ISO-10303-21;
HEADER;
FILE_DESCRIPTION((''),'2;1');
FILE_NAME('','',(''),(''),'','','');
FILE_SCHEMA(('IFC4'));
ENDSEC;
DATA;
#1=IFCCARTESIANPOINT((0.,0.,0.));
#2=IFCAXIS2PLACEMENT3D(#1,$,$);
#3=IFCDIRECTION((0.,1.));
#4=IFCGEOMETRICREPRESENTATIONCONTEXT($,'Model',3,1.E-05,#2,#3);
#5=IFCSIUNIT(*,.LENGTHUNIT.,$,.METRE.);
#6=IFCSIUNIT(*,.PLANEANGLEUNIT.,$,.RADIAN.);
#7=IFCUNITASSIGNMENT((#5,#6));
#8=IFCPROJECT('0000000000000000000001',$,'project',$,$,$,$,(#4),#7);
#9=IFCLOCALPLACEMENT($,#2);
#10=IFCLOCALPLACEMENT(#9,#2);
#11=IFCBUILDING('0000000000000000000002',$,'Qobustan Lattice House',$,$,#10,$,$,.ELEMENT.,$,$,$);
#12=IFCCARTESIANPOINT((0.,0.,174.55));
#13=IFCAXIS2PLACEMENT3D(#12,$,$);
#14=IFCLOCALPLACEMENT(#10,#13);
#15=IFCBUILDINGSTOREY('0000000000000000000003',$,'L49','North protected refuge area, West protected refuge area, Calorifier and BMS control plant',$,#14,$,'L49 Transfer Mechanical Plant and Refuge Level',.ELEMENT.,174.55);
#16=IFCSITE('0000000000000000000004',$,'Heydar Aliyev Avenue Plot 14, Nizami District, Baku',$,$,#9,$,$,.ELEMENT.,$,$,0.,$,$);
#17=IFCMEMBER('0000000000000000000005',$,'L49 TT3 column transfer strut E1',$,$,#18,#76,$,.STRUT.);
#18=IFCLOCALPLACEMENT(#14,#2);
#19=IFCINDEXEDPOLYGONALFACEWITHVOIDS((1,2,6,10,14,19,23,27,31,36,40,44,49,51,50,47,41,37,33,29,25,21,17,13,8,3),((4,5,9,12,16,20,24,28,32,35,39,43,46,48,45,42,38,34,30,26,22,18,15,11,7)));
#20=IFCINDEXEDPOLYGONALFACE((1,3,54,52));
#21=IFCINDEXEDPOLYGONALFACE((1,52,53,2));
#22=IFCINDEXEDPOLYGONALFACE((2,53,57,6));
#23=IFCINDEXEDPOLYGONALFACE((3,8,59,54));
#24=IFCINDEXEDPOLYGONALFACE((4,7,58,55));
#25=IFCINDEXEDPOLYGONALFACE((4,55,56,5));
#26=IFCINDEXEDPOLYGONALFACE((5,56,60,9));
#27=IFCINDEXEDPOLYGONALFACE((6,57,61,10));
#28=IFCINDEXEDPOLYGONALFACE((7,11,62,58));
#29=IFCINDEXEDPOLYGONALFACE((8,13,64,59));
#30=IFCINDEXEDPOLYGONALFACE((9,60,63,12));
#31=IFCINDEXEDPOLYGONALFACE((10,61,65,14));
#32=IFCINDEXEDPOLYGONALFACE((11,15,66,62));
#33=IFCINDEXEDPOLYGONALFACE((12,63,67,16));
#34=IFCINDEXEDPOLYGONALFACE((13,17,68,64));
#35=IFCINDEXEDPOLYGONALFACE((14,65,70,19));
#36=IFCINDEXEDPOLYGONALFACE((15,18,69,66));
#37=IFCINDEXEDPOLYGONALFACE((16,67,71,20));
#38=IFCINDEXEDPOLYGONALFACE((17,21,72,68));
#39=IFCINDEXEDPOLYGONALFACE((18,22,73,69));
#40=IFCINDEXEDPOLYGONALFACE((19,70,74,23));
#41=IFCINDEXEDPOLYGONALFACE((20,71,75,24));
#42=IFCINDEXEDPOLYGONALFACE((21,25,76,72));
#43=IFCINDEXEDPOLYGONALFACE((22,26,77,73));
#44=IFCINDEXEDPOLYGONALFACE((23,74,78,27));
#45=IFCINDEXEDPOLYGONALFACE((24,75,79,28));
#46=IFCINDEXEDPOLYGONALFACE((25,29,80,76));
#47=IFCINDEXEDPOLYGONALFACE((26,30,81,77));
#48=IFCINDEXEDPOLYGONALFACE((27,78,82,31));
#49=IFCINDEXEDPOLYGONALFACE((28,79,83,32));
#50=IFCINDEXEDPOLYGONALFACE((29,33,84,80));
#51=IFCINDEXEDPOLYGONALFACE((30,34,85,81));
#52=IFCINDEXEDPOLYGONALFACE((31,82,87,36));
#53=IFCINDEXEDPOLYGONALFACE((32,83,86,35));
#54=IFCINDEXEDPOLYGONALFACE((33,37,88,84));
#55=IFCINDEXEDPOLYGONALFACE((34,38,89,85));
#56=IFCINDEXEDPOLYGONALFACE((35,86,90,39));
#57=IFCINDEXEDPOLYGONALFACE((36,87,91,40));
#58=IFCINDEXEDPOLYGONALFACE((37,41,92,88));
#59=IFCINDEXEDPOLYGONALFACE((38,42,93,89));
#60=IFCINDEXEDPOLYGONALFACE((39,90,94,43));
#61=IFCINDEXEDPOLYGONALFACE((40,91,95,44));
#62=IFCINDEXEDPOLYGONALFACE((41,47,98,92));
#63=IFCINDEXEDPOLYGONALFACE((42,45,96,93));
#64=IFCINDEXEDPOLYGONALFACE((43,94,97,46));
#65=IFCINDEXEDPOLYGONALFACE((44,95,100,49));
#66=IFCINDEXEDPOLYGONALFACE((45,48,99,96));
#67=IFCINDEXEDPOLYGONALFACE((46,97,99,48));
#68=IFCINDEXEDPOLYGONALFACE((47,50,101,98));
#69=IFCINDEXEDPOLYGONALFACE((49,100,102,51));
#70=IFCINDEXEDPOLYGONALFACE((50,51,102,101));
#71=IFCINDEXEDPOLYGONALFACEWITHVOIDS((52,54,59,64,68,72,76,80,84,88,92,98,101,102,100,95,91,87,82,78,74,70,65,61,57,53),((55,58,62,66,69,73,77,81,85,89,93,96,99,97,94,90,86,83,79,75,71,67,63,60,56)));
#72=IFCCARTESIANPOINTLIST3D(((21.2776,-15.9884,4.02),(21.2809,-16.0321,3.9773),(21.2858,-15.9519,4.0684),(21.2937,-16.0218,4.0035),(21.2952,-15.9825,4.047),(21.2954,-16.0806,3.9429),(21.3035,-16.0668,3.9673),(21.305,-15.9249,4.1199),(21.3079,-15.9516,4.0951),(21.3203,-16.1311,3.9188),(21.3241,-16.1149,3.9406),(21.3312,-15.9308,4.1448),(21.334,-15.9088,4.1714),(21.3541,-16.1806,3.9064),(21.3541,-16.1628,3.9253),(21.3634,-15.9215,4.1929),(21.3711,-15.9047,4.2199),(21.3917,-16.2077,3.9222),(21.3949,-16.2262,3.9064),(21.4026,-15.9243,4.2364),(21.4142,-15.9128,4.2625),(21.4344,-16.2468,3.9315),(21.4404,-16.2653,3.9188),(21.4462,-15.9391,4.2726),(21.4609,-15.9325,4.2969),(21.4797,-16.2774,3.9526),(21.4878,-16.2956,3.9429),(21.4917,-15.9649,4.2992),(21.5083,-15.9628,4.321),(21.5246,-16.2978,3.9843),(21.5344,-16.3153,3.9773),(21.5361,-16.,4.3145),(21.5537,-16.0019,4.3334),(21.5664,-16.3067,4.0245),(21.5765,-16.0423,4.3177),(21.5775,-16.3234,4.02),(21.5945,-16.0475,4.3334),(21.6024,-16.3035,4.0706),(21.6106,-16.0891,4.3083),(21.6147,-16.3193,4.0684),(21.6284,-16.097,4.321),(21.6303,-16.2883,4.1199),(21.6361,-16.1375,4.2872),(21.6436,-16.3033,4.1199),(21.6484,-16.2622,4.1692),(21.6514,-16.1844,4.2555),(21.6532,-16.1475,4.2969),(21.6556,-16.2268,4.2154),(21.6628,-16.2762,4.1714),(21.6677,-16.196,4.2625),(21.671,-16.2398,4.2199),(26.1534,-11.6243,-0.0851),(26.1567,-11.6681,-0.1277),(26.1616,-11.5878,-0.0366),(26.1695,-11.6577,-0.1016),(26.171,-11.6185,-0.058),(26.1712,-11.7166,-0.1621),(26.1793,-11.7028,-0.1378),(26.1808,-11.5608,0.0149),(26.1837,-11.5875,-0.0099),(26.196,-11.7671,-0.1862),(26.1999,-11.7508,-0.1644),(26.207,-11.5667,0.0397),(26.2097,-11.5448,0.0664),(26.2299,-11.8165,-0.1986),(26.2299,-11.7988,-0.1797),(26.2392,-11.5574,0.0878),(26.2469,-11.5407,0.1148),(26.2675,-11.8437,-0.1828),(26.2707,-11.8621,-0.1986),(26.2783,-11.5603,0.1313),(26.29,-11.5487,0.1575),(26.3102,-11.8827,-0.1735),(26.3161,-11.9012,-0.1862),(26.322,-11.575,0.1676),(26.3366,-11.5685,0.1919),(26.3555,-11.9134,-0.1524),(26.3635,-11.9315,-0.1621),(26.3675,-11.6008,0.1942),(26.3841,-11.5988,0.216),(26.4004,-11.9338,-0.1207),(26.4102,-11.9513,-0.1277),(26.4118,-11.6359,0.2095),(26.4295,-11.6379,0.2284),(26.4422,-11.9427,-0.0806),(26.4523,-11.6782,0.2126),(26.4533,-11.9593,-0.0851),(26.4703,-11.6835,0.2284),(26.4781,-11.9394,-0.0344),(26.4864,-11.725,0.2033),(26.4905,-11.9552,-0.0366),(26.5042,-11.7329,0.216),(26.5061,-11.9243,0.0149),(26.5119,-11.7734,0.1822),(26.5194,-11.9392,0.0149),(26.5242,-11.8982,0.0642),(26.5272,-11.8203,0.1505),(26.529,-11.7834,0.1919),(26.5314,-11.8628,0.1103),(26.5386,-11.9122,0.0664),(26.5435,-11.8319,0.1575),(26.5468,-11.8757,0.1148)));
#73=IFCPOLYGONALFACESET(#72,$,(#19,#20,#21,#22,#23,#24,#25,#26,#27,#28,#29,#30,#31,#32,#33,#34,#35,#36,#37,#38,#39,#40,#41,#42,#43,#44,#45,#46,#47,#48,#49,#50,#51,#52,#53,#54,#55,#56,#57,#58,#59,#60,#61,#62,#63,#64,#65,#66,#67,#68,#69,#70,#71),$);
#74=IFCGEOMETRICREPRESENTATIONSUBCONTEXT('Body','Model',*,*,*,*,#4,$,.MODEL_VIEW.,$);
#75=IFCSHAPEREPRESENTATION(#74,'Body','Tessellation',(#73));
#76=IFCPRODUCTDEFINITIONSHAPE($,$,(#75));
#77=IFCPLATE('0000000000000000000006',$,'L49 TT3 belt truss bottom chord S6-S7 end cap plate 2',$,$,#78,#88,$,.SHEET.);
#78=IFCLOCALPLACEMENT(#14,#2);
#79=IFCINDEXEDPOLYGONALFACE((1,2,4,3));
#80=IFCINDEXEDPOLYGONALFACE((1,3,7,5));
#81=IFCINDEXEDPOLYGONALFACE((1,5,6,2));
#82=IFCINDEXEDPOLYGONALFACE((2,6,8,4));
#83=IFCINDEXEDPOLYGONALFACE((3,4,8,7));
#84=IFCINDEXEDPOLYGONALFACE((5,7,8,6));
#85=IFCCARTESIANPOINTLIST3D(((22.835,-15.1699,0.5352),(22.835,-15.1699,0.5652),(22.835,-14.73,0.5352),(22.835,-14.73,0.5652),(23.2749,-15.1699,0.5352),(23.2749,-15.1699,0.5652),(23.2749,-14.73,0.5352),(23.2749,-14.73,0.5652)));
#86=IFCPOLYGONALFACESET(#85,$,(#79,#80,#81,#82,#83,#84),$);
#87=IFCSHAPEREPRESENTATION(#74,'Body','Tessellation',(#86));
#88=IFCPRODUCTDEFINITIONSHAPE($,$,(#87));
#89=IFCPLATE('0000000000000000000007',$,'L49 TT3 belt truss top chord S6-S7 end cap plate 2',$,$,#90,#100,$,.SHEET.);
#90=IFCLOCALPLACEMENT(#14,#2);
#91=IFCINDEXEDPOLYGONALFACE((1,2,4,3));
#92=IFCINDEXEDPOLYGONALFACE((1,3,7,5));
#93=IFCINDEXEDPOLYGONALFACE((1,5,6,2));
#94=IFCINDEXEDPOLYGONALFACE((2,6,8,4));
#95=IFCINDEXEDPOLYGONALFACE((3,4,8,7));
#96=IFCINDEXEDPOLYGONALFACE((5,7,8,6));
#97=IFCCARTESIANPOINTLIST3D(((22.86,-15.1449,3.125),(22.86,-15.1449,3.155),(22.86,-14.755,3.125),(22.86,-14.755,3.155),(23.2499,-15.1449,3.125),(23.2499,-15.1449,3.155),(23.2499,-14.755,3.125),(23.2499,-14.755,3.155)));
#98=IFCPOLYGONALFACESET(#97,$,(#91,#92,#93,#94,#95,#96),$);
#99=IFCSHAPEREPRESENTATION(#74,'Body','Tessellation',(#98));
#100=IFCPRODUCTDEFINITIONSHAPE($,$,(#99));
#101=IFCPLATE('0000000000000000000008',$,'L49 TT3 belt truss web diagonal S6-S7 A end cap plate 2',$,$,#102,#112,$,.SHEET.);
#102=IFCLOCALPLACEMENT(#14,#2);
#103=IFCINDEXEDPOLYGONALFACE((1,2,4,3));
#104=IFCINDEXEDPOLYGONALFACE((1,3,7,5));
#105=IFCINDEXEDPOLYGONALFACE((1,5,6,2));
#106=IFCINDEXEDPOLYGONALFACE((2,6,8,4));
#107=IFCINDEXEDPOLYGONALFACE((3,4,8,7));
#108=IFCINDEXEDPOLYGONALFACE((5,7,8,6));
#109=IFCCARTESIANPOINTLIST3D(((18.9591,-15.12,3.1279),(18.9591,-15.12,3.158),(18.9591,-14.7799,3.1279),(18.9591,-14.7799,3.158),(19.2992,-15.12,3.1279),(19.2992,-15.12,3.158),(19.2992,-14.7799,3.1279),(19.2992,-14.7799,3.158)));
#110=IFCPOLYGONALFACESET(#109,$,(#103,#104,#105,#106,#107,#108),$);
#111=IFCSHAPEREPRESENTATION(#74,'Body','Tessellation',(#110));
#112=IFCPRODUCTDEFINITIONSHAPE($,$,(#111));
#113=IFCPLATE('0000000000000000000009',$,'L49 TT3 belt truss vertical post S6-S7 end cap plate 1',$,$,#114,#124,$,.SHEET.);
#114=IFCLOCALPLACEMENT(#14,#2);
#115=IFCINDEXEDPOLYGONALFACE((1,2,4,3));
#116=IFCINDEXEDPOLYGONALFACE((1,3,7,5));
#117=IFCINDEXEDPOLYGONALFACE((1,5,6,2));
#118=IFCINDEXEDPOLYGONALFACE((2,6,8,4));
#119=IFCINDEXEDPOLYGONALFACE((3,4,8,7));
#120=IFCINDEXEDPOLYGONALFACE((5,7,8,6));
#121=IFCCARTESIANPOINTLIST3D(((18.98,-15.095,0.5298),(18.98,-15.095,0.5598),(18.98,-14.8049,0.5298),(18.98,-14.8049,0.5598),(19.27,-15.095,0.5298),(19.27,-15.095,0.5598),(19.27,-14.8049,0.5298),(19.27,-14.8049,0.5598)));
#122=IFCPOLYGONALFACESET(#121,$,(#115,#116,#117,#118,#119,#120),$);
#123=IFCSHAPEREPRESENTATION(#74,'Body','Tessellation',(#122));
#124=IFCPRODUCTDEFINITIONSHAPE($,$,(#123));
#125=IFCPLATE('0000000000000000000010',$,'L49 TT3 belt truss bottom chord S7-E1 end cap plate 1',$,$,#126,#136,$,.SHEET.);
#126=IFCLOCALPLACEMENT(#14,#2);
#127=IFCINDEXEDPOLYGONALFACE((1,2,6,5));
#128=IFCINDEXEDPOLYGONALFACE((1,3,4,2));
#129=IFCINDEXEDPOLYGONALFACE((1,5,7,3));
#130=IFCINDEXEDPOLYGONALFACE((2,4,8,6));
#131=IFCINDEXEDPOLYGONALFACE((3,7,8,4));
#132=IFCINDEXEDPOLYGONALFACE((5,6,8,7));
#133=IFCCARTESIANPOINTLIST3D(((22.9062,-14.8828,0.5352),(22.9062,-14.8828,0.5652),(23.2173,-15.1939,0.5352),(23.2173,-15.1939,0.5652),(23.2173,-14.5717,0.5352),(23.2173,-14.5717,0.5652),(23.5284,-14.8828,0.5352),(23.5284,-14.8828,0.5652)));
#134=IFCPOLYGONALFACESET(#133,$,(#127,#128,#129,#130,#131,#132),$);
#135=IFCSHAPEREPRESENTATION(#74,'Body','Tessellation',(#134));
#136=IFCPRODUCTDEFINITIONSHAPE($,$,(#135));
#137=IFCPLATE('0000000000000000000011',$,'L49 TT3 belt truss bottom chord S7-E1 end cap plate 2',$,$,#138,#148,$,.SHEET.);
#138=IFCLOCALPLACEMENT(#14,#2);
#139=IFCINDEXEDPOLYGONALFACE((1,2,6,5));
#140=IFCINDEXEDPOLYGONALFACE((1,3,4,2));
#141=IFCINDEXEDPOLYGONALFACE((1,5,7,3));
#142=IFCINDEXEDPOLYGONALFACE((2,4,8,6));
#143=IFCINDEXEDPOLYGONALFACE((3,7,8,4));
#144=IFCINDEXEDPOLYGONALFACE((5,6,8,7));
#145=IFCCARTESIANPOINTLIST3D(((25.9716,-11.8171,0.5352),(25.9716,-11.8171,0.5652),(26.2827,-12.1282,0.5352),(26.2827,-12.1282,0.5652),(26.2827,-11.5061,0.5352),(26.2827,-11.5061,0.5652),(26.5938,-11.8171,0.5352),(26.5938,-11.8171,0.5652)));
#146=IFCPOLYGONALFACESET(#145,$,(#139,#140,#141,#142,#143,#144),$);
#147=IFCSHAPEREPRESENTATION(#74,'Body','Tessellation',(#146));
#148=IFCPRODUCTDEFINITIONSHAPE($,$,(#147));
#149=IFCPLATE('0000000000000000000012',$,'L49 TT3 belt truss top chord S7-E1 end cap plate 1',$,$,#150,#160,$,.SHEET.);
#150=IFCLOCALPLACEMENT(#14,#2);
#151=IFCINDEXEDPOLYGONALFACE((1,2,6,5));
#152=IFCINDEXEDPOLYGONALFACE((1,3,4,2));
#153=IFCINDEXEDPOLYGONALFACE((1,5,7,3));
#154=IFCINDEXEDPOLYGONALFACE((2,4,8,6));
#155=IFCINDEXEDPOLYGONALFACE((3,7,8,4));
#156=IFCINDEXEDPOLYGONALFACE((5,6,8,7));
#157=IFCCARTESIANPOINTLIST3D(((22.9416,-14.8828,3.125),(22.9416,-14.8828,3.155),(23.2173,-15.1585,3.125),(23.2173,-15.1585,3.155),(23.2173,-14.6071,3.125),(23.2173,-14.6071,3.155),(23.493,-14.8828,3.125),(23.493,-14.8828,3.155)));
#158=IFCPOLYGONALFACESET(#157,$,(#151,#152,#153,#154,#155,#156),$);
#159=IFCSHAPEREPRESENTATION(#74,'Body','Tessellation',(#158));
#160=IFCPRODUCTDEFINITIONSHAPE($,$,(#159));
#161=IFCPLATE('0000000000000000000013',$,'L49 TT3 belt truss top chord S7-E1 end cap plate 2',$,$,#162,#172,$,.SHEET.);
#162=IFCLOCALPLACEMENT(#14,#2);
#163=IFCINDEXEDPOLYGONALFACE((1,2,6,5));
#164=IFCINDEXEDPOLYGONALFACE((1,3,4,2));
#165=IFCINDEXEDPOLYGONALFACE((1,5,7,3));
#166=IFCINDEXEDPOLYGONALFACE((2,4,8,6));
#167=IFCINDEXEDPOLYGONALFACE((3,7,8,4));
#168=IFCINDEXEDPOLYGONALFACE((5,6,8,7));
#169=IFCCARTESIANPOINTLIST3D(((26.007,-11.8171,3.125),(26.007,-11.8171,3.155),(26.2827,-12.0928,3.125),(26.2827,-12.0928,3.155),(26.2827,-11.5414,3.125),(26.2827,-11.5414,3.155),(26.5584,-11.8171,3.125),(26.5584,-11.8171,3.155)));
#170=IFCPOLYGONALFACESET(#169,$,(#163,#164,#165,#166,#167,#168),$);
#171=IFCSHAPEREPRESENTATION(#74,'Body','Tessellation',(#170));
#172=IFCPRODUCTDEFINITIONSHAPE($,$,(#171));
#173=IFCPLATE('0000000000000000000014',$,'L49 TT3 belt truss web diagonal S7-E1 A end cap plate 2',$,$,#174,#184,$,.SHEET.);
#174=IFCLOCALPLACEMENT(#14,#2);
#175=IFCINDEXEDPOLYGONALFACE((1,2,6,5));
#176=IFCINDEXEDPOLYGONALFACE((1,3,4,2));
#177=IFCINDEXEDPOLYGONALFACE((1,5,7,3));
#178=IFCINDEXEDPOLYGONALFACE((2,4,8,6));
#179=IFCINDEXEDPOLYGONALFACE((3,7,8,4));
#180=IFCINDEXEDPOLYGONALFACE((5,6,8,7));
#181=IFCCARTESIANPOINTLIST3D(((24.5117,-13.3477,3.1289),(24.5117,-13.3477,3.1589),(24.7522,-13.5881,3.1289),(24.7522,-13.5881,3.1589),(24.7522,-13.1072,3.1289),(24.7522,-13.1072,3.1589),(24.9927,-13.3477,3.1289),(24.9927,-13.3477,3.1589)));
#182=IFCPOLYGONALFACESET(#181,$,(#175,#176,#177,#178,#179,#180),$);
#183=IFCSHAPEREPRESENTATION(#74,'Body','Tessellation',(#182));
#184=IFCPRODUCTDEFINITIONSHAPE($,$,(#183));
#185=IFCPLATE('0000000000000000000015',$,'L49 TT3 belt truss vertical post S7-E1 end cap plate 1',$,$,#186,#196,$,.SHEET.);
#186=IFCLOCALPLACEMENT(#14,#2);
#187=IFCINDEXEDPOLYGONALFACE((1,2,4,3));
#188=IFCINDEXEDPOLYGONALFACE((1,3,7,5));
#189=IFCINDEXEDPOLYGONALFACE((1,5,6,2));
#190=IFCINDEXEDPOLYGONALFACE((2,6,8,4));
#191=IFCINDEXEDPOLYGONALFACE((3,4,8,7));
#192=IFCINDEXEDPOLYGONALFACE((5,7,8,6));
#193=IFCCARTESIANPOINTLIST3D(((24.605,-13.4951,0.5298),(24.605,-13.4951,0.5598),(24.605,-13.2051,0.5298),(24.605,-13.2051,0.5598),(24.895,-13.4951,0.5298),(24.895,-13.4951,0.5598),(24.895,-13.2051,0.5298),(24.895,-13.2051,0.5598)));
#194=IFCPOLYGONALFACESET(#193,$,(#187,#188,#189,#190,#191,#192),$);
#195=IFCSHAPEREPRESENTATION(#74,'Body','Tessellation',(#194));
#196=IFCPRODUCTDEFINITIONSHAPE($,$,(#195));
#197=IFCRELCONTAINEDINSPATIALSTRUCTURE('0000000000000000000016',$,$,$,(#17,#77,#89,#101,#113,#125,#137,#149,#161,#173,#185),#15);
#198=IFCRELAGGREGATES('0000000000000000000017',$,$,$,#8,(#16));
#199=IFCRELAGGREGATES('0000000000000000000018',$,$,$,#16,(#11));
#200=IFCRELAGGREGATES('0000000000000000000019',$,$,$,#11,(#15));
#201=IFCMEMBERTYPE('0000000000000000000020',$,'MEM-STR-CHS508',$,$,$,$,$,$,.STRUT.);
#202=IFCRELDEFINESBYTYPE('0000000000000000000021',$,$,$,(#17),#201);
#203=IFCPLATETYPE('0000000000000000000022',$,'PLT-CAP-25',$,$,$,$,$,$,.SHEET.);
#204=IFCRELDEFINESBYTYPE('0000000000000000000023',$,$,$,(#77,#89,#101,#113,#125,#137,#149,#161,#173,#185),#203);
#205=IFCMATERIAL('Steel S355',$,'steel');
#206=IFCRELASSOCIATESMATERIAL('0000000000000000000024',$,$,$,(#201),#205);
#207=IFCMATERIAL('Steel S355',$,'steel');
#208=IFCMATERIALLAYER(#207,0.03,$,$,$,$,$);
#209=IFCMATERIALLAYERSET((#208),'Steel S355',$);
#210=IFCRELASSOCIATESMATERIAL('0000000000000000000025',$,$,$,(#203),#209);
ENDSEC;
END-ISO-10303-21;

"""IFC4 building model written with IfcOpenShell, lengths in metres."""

from ifc_helpers import new_model, si_unit, direction, frame, origin, origin_2d, place, context, subcontext, project, spatial, rectangle, hollow_circle, extrude, material, layer, layer_set, material_profile, profile_set, type_object, element, save


model = new_model("IFC4")

# Units and contexts
model_context = context("Model", 3, precision=1e-05, world=origin(), true_north=direction((0.0, 1.0)))
body_context = subcontext(model_context, "Body", "Model", "MODEL_VIEW")
ifc_project = project(units=[si_unit("LENGTHUNIT", "METRE"), si_unit("PLANEANGLEUNIT", "RADIAN")], contexts=[model_context])

# Site, building, storey
site_placement = place(None, origin())
site = spatial("IfcSite", under=ifc_project, at=site_placement, Name="Heydar Aliyev Avenue Plot 14, Nizami District, Baku", CompositionType="ELEMENT", RefElevation=0.0)
building_placement = place(site_placement, origin())
building = spatial("IfcBuilding", under=site, at=building_placement, Name="Qobustan Lattice House", CompositionType="ELEMENT")
storey_placement = place(building_placement, frame((0.0, 0.0, 174.55)))
storey = spatial("IfcBuildingStorey", under=building, at=storey_placement, Name="L49", Description="North protected refuge area, West protected refuge area, Calorifier and BMS control plant", LongName="L49 Transfer Mechanical Plant and Refuge Level", CompositionType="ELEMENT", Elevation=174.55)

# Member
ifc_material_1 = material(Name="Steel S355", Category="steel")
ifc_material_profile_1 = material_profile(ifc_material_1, hollow_circle(Radius=0.2539, WallThickness=0.02, at=origin_2d()), Name="CHS508x20")
ifc_profile_set_1 = profile_set([ifc_material_profile_1], Name="Steel S355")
member_type_1 = type_object("IfcMemberType", Name="MEM-STR-CHS508", PredefinedType="STRUT", material=ifc_profile_set_1)
member_1_placement = place(storey_placement, frame((26.3501, -11.75, 0.0149), z_axis=(-0.631202, -0.564956, 0.531422), x_axis=(0.666924, -0.745126, 0.0)))
element("IfcMember", 1, at=member_1_placement, inside=storey, type_object=member_type_1, Name="L49 TT3 column transfer strut E1", PredefinedType="STRUT", context=body_context, shape_type="SweptSolid", body=[
    extrude(hollow_circle(Radius=0.2539, WallThickness=0.02, at=origin_2d()), origin(), (0.0, 0.0, 1.0), 7.7246),
])

# Plates
ifc_material_2 = material(Name="Steel S355", Category="steel")
ifc_layer_1 = layer(ifc_material_2, 0.03)
ifc_layer_set_1 = layer_set([ifc_layer_1], Name="Steel S355")
plate_type = type_object("IfcPlateType", Name="PLT-CAP-25", PredefinedType="SHEET", material=ifc_layer_set_1)
plate_1_placement = place(storey_placement, frame((23.0549, -14.95, 0.5352), z_axis=(0.0, 0.0, 1.0), x_axis=(1.0, 0.0, 0.0)))
element("IfcPlate", 2, at=plate_1_placement, inside=storey, type_object=plate_type, Name="L49 TT3 belt truss bottom chord S6-S7 end cap plate 2", PredefinedType="SHEET", context=body_context, shape_type="SweptSolid", body=[
    extrude(rectangle(XDim=0.4399, YDim=0.4399, at=origin_2d()), origin(), (0.0, 0.0, 1.0), 0.03),
])
plate_2_placement = place(storey_placement, frame((23.0549, -14.95, 3.125), z_axis=(0.0, 0.0, 1.0), x_axis=(1.0, 0.0, 0.0)))
element("IfcPlate", 3, at=plate_2_placement, inside=storey, type_object=plate_type, Name="L49 TT3 belt truss top chord S6-S7 end cap plate 2", PredefinedType="SHEET", context=body_context, shape_type="SweptSolid", body=[
    extrude(rectangle(XDim=0.3899, YDim=0.3899, at=origin_2d()), origin(), (0.0, 0.0, 1.0), 0.03),
])
plate_3_placement = place(storey_placement, frame((19.1292, -14.95, 3.1279), z_axis=(0.0, 0.0, 1.0), x_axis=(1.0, 0.0, 0.0)))
element("IfcPlate", 4, at=plate_3_placement, inside=storey, type_object=plate_type, Name="L49 TT3 belt truss web diagonal S6-S7 A end cap plate 2", PredefinedType="SHEET", context=body_context, shape_type="SweptSolid", body=[
    extrude(rectangle(XDim=0.3401, YDim=0.3401, at=origin_2d()), origin(), (0.0, 0.0, 1.0), 0.03),
])
plate_4_placement = place(storey_placement, frame((19.125, -14.95, 0.5298), z_axis=(0.0, 0.0, 1.0), x_axis=(1.0, 0.0, 0.0)))
element("IfcPlate", 5, at=plate_4_placement, inside=storey, type_object=plate_type, Name="L49 TT3 belt truss vertical post S6-S7 end cap plate 1", PredefinedType="SHEET", context=body_context, shape_type="SweptSolid", body=[
    extrude(rectangle(XDim=0.29, YDim=0.29, at=origin_2d()), origin(), (0.0, 0.0, 1.0), 0.03),
])
for number, where, z_axis, x_axis, name in (
    (6, (23.2173, -14.8828, 0.5352), (0.0, 0.0, 1.0), (0.707107, 0.707107, 0.0), "L49 TT3 belt truss bottom chord S7-E1 end cap plate 1"),
    (7, (26.2827, -11.8171, 0.5352), (0.0, 0.0, 1.0), (0.707107, 0.707107, 0.0), "L49 TT3 belt truss bottom chord S7-E1 end cap plate 2"),
):
    element("IfcPlate", number, at=place(storey_placement, frame(where, z_axis=z_axis, x_axis=x_axis)), inside=storey, type_object=plate_type, Name=name, PredefinedType="SHEET", context=body_context, shape_type="SweptSolid", body=[
        extrude(rectangle(XDim=0.4399, YDim=0.4399, at=origin_2d()), origin(), (0.0, 0.0, 1.0), 0.03),
    ])
for number, where, z_axis, x_axis, name in (
    (8, (23.2173, -14.8828, 3.125), (0.0, 0.0, 1.0), (0.707107, 0.707107, 0.0), "L49 TT3 belt truss top chord S7-E1 end cap plate 1"),
    (9, (26.2827, -11.8171, 3.125), (0.0, 0.0, 1.0), (0.707107, 0.707107, 0.0), "L49 TT3 belt truss top chord S7-E1 end cap plate 2"),
):
    element("IfcPlate", number, at=place(storey_placement, frame(where, z_axis=z_axis, x_axis=x_axis)), inside=storey, type_object=plate_type, Name=name, PredefinedType="SHEET", context=body_context, shape_type="SweptSolid", body=[
        extrude(rectangle(XDim=0.3899, YDim=0.3899, at=origin_2d()), origin(), (0.0, 0.0, 1.0), 0.03),
    ])
plate_5_placement = place(storey_placement, frame((24.7522, -13.3477, 3.1289), z_axis=(0.0, 0.0, 1.0), x_axis=(0.707107, 0.707107, 0.0)))
element("IfcPlate", 10, at=plate_5_placement, inside=storey, type_object=plate_type, Name="L49 TT3 belt truss web diagonal S7-E1 A end cap plate 2", PredefinedType="SHEET", context=body_context, shape_type="SweptSolid", body=[
    extrude(rectangle(XDim=0.3401, YDim=0.3401, at=origin_2d()), origin(), (0.0, 0.0, 1.0), 0.03),
])
plate_6_placement = place(storey_placement, frame((24.75, -13.3501, 0.5298), z_axis=(0.0, 0.0, 1.0), x_axis=(1.0, 0.0, 0.0)))
element("IfcPlate", 11, at=plate_6_placement, inside=storey, type_object=plate_type, Name="L49 TT3 belt truss vertical post S7-E1 end cap plate 1", PredefinedType="SHEET", context=body_context, shape_type="SweptSolid", body=[
    extrude(rectangle(XDim=0.29, YDim=0.29, at=origin_2d()), origin(), (0.0, 0.0, 1.0), 0.03),
])

save(model, "model.ifc")
